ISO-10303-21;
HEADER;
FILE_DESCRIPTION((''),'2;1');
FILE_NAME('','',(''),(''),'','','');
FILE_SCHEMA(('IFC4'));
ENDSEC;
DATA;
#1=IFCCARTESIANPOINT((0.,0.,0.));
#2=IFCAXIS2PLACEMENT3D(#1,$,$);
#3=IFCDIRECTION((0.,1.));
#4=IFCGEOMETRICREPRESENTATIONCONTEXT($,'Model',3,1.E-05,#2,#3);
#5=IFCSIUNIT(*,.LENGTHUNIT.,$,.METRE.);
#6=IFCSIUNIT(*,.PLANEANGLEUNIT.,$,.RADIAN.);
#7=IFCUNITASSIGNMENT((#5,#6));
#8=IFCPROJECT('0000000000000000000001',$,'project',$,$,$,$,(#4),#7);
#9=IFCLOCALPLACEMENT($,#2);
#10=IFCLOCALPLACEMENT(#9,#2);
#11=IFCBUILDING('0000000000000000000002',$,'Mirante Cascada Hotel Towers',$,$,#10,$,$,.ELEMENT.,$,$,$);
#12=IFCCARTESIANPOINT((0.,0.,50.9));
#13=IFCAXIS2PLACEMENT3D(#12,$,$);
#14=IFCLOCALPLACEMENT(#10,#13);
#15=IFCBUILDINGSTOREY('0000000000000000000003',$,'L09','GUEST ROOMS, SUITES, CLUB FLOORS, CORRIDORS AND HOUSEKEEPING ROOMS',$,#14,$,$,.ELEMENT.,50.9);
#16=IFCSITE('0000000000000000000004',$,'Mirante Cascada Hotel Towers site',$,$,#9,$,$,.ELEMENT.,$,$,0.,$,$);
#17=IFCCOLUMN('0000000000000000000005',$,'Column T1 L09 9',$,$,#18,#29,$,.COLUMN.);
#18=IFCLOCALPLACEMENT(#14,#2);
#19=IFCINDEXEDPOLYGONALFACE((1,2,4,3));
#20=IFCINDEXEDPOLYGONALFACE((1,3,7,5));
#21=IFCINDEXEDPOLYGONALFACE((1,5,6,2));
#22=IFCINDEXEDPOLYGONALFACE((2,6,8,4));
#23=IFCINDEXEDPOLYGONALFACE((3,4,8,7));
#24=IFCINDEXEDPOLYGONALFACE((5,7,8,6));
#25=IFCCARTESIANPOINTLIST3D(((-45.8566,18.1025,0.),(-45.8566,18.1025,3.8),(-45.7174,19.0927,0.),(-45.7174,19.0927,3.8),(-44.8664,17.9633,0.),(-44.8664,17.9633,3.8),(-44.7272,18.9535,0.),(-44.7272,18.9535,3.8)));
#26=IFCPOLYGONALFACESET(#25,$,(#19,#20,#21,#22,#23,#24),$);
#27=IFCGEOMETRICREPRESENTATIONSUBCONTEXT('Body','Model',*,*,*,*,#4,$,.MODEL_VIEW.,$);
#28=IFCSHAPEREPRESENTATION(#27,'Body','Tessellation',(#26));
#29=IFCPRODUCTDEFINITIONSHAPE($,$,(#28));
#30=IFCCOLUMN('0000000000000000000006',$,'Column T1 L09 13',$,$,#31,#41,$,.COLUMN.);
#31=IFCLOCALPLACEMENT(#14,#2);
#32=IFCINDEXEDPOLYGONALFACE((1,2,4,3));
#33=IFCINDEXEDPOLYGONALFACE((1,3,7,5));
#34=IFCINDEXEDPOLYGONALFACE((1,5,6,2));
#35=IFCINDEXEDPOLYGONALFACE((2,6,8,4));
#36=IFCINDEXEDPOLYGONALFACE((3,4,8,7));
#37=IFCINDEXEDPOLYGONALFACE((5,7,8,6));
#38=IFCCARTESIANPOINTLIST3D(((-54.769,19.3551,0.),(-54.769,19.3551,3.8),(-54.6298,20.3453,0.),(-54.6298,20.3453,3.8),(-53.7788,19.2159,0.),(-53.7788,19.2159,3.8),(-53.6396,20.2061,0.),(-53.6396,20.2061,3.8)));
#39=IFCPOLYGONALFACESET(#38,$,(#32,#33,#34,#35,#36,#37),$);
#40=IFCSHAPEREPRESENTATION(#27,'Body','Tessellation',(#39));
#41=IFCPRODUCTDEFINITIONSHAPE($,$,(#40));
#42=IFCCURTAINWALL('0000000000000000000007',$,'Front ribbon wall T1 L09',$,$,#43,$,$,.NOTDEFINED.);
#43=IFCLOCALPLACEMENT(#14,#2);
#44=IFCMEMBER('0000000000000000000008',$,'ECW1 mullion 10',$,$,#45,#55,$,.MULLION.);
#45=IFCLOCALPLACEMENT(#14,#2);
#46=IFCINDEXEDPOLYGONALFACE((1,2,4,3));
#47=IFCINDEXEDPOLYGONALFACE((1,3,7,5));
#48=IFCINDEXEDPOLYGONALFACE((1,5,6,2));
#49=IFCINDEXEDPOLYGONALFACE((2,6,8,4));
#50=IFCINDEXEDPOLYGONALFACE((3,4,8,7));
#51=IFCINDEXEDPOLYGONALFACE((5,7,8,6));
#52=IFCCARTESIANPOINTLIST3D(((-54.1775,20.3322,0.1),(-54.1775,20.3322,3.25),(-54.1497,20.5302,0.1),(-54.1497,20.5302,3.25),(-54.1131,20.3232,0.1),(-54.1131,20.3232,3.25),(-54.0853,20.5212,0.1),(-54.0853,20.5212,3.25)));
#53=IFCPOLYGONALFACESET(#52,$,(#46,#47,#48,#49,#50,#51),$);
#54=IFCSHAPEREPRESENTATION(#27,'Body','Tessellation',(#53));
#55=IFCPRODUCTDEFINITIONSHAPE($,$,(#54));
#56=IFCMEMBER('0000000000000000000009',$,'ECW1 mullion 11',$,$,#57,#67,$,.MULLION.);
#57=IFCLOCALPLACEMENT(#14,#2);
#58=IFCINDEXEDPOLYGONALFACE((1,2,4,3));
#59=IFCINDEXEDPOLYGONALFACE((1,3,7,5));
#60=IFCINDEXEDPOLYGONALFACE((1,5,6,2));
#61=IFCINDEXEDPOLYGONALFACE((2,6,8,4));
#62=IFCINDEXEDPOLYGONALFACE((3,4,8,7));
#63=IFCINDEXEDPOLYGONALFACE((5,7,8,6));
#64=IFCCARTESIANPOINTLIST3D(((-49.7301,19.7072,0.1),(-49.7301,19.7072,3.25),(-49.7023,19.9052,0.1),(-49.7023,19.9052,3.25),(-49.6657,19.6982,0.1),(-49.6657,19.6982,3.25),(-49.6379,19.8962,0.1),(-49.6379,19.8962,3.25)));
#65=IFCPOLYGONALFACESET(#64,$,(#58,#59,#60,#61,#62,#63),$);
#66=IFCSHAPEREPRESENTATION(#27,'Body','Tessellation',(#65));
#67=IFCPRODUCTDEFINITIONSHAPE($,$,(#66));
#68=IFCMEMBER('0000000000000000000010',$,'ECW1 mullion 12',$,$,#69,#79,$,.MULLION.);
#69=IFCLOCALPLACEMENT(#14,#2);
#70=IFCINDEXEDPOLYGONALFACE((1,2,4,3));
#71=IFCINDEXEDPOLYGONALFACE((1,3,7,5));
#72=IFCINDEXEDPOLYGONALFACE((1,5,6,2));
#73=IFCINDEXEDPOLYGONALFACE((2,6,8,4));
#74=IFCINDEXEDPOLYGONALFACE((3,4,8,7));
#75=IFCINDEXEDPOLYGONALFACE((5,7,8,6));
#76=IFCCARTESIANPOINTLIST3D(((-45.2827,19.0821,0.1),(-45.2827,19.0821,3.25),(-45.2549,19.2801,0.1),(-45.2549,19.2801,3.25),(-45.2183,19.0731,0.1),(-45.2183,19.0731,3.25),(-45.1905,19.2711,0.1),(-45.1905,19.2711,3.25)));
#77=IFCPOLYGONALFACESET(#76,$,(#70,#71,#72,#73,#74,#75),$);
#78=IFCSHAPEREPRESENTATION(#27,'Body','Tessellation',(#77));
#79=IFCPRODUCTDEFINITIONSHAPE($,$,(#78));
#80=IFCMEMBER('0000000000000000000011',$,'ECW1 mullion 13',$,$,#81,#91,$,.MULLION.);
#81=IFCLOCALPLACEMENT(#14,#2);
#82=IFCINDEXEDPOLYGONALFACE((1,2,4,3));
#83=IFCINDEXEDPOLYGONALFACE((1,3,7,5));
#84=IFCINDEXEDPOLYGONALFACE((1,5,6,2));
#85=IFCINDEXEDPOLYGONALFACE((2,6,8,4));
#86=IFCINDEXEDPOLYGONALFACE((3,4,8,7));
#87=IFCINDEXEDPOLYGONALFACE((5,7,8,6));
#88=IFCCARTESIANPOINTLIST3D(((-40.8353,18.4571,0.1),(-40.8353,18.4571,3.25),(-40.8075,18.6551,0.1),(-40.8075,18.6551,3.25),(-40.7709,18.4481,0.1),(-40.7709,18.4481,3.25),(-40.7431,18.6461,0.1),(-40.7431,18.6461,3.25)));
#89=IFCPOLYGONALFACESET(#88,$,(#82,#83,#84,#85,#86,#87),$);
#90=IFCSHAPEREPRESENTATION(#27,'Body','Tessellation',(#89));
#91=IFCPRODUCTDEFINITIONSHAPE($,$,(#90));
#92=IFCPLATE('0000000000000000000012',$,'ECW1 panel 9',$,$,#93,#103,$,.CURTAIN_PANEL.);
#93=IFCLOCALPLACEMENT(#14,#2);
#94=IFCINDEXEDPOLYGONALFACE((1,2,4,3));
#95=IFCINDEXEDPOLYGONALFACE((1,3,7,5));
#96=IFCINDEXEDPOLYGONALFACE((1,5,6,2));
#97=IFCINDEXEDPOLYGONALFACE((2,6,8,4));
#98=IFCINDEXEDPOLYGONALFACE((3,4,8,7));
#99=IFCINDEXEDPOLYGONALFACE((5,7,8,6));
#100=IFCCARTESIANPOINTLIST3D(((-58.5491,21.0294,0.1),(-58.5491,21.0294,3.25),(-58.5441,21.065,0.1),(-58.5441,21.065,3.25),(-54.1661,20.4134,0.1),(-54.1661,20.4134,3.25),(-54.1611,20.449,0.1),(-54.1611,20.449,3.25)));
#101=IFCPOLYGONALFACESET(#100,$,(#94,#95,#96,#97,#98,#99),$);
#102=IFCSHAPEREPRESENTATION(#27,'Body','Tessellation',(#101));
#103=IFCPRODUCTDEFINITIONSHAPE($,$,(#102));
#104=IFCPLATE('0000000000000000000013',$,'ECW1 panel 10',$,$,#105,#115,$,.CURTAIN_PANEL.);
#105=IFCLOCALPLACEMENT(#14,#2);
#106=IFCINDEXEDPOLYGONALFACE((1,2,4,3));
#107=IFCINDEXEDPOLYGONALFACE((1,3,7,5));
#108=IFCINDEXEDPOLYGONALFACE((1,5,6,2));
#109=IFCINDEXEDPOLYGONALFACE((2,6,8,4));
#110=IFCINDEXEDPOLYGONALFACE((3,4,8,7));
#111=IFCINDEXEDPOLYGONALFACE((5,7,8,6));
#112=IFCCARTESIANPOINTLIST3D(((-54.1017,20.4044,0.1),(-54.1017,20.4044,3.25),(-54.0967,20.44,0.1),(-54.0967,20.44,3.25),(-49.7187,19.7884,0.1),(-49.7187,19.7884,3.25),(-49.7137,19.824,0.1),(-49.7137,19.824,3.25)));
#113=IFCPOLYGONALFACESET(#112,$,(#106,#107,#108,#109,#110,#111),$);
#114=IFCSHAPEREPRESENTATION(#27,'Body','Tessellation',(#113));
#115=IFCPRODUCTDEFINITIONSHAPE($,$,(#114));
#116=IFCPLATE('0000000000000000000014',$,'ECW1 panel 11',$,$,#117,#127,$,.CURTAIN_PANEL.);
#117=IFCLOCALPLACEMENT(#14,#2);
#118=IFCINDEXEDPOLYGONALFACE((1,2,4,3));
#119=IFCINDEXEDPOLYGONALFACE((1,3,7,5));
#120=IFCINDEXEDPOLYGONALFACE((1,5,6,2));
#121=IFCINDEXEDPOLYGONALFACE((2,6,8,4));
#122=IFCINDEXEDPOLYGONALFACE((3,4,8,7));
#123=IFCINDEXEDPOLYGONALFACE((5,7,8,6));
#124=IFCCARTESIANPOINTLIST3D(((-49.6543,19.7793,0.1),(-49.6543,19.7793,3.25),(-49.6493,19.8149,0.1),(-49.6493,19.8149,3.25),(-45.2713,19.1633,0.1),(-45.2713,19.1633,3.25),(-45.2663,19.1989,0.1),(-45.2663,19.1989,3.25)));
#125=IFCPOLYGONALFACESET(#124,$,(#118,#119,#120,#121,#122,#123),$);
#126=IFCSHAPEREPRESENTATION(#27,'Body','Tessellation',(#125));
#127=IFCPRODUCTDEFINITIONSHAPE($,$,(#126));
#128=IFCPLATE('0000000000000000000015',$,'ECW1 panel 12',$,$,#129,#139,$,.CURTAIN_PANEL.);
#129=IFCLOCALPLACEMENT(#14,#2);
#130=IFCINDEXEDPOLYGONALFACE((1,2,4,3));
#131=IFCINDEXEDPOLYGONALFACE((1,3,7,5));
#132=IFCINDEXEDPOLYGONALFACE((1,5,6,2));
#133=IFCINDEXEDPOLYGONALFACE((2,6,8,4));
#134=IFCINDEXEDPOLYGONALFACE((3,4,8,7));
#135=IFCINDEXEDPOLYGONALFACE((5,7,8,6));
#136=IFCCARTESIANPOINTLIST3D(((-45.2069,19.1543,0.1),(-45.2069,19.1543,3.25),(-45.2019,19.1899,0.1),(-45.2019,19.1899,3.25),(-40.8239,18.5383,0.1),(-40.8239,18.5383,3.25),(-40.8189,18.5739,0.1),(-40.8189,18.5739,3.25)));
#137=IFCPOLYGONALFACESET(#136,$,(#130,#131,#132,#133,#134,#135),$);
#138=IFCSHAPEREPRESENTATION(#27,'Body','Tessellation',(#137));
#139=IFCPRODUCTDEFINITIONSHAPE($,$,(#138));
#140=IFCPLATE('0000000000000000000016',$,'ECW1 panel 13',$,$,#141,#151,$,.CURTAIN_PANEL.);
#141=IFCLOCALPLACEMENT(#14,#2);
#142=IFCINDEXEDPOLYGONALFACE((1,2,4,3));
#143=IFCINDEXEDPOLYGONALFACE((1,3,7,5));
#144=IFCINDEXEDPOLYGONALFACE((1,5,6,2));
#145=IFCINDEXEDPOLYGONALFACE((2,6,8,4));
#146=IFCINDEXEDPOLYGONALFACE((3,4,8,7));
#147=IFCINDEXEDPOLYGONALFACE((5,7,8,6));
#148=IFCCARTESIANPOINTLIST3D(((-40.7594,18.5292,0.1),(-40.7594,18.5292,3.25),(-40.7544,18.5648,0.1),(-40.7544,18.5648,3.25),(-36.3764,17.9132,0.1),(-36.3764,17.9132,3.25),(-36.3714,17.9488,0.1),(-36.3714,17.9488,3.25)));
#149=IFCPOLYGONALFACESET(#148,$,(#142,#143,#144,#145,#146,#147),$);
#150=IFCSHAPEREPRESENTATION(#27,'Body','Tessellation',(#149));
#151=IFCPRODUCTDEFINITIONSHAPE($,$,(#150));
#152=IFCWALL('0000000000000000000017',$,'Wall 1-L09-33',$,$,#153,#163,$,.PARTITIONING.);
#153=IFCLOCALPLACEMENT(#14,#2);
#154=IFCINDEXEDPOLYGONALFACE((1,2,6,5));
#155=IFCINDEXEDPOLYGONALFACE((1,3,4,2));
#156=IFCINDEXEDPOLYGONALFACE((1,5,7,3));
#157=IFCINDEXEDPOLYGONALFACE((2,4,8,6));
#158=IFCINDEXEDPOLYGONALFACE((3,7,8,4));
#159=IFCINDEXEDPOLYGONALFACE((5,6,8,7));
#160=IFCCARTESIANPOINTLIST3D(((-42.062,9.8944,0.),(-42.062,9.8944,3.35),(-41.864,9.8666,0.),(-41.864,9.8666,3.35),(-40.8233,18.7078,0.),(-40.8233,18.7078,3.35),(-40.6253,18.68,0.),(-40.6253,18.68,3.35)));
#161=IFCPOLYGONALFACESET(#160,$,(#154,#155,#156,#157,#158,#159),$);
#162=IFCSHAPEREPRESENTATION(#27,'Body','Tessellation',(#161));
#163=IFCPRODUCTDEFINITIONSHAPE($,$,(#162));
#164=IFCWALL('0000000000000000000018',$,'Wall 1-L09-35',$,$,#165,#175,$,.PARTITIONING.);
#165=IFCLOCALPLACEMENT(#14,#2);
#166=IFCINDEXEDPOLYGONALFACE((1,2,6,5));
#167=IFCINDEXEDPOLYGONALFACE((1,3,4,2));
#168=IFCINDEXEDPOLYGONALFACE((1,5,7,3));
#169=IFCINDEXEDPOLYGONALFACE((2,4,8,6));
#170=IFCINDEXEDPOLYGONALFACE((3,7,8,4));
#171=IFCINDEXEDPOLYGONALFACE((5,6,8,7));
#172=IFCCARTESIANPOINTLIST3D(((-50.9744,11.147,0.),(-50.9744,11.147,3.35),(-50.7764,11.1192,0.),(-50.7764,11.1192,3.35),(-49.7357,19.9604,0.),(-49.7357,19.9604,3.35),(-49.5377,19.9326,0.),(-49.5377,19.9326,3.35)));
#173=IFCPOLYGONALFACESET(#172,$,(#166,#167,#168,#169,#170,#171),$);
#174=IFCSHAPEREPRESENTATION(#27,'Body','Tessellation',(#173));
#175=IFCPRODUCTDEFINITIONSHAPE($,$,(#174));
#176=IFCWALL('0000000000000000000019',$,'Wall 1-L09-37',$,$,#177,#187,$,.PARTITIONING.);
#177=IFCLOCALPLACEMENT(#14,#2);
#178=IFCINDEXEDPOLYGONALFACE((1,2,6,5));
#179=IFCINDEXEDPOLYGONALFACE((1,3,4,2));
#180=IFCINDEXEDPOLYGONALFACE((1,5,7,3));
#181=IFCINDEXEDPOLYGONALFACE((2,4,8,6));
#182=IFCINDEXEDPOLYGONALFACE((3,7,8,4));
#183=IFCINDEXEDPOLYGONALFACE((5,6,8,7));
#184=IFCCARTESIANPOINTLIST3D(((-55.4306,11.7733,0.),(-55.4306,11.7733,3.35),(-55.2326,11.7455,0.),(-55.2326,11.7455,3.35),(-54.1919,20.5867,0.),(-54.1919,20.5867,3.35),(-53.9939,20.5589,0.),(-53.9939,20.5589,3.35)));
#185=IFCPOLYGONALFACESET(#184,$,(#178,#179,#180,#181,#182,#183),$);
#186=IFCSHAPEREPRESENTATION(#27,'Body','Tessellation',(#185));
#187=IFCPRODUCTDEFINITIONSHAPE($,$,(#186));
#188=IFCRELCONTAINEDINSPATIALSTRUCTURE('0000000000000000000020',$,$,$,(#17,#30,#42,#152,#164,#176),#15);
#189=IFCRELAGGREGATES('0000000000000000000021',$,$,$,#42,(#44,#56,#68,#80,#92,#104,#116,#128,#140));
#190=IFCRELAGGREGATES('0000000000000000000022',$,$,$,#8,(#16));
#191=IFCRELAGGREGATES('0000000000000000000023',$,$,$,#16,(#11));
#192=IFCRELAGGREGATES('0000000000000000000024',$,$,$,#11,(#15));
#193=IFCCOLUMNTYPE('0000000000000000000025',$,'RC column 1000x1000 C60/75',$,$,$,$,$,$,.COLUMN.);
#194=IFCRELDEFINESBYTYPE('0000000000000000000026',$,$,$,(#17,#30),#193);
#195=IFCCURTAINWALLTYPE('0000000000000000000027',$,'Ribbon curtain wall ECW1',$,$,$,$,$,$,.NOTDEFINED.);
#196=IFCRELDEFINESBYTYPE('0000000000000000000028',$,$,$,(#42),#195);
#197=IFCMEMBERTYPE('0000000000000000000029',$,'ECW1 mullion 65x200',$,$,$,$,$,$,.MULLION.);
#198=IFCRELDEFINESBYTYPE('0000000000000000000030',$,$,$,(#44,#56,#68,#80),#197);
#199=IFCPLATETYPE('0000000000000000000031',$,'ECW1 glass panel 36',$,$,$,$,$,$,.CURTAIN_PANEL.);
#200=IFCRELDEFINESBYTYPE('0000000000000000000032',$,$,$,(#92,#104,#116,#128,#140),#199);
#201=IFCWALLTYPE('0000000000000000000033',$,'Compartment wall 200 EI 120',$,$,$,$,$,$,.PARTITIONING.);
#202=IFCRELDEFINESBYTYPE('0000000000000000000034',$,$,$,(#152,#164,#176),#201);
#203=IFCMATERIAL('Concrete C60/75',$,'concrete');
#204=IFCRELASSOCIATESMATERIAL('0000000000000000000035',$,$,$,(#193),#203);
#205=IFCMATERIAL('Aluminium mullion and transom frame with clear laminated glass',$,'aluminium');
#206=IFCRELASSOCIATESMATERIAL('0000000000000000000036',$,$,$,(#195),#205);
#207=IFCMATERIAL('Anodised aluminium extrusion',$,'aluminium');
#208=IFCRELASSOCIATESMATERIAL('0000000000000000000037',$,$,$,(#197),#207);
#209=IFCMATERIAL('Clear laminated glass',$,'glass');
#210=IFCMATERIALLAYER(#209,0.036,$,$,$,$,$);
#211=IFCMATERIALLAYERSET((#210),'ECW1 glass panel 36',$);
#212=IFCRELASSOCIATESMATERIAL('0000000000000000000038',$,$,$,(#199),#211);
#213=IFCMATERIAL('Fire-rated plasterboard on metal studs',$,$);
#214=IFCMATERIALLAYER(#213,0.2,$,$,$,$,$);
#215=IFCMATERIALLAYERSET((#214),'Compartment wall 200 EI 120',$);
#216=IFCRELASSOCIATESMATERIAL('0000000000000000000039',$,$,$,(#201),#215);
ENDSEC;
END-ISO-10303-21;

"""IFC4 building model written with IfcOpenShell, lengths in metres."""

from ifc_helpers import new_model, si_unit, direction, frame, frame_2d, origin, origin_2d, place, context, subcontext, project, spatial, rectangle, extrude, material, layer, layer_set, material_profile, profile_set, type_object, element, aggregate, save


model = new_model("IFC4")

# Units and contexts
model_context = context("Model", 3, precision=1e-05, world=origin(), true_north=direction((0.0, 1.0)))
body_context = subcontext(model_context, "Body", "Model", "MODEL_VIEW")
ifc_project = project(units=[si_unit("LENGTHUNIT", "METRE"), si_unit("PLANEANGLEUNIT", "RADIAN")], contexts=[model_context])

# Site, building, storey
site_placement = place(None, origin())
site = spatial("IfcSite", under=ifc_project, at=site_placement, Name="Mirante Cascada Hotel Towers site", CompositionType="ELEMENT", RefElevation=0.0)
building_placement = place(site_placement, origin())
building = spatial("IfcBuilding", under=site, at=building_placement, Name="Mirante Cascada Hotel Towers", CompositionType="ELEMENT")
storey_placement = place(building_placement, frame((0.0, 0.0, 50.9)))
storey = spatial("IfcBuildingStorey", under=building, at=storey_placement, Name="L09", Description="GUEST ROOMS, SUITES, CLUB FLOORS, CORRIDORS AND HOUSEKEEPING ROOMS", CompositionType="ELEMENT", Elevation=50.9)

# Columns
ifc_material_1 = material(Name="Concrete C60/75", Category="concrete")
ifc_material_profile_1 = material_profile(ifc_material_1, rectangle(XDim=1.0, YDim=1.0, at=origin_2d()), Name="RC column 1000x1000 C60/75")
ifc_profile_set_1 = profile_set([ifc_material_profile_1], Name="Concrete C60/75")
column_type = type_object("IfcColumnType", Name="RC column 1000x1000 C60/75", PredefinedType="COLUMN", material=ifc_profile_set_1)
for number, where, z_axis, x_axis, name in (
    (1, (-45.2919, 18.528, 0.0), (0.0, 0.0, 1.0), (-0.990268, 0.139173, 0.0), "Column T1 L09 9"),
    (2, (-54.2043, 19.7806, 0.0), (0.0, 0.0, 1.0), (-0.990268, 0.139173, 0.0), "Column T1 L09 13"),
):
    element("IfcColumn", number, at=place(storey_placement, frame(where, z_axis=z_axis, x_axis=x_axis)), inside=storey, type_object=column_type, Name=name, PredefinedType="COLUMN", context=body_context, shape_type="SweptSolid", body=[
        extrude(rectangle(XDim=1.0, YDim=1.0, at=origin_2d()), origin(), (0.0, 0.0, 1.0), 3.8),
    ])

# Curtain wall, members, plates
ifc_material_2 = material(Name="Aluminium mullion and transom frame with clear laminated glass", Category="aluminium")
curtain_wall_type = type_object("IfcCurtainWallType", Name="Ribbon curtain wall ECW1", PredefinedType="NOTDEFINED", material=ifc_material_2)
curtain_wall_placement = place(storey_placement, origin())
curtain_wall = element("IfcCurtainWall", 3, at=curtain_wall_placement, inside=storey, type_object=curtain_wall_type, Name="Front ribbon wall T1 L09", PredefinedType="NOTDEFINED")
ifc_material_3 = material(Name="Anodised aluminium extrusion", Category="aluminium")
ifc_material_profile_2 = material_profile(ifc_material_3, rectangle(XDim=0.2, YDim=0.065, at=origin_2d()), Name="ECW1 MULLION 65x200")
ifc_profile_set_2 = profile_set([ifc_material_profile_2], Name="Anodised aluminium extrusion")
member_type = type_object("IfcMemberType", Name="ECW1 mullion 65x200", PredefinedType="MULLION", material=ifc_profile_set_2)
member_1_placement = place(storey_placement, frame((-54.1314, 20.4267, 0.1), z_axis=(0.0, 0.0, 1.0), x_axis=(0.139173, 0.990268, 0.0)))
member_1 = element("IfcMember", 4, at=member_1_placement, type_object=member_type, Name="ECW1 mullion 10", PredefinedType="MULLION", context=body_context, shape_type="SweptSolid", body=[
    extrude(rectangle(XDim=0.2, YDim=0.065, at=origin_2d()), origin(), (0.0, 0.0, 1.0), 3.15),
])
member_2_placement = place(storey_placement, frame((-49.684, 19.8017, 0.1), z_axis=(0.0, 0.0, 1.0), x_axis=(0.139173, 0.990268, 0.0)))
member_2 = element("IfcMember", 5, at=member_2_placement, type_object=member_type, Name="ECW1 mullion 11", PredefinedType="MULLION", context=body_context, shape_type="SweptSolid", body=[
    extrude(rectangle(XDim=0.2, YDim=0.065, at=origin_2d()), origin(), (0.0, 0.0, 1.0), 3.15),
])
member_3_placement = place(storey_placement, frame((-45.2366, 19.1766, 0.1), z_axis=(0.0, 0.0, 1.0), x_axis=(0.139173, 0.990268, 0.0)))
member_3 = element("IfcMember", 6, at=member_3_placement, type_object=member_type, Name="ECW1 mullion 12", PredefinedType="MULLION", context=body_context, shape_type="SweptSolid", body=[
    extrude(rectangle(XDim=0.2, YDim=0.065, at=origin_2d()), origin(), (0.0, 0.0, 1.0), 3.15),
])
member_4_placement = place(storey_placement, frame((-40.7892, 18.5516, 0.1), z_axis=(0.0, 0.0, 1.0), x_axis=(0.139173, 0.990268, 0.0)))
member_4 = element("IfcMember", 7, at=member_4_placement, type_object=member_type, Name="ECW1 mullion 13", PredefinedType="MULLION", context=body_context, shape_type="SweptSolid", body=[
    extrude(rectangle(XDim=0.2, YDim=0.065, at=origin_2d()), origin(), (0.0, 0.0, 1.0), 3.15),
])
ifc_material_4 = material(Name="Clear laminated glass", Category="glass")
ifc_layer_1 = layer(ifc_material_4, 0.036)
ifc_layer_set_1 = layer_set([ifc_layer_1], Name="ECW1 glass panel 36")
plate_type = type_object("IfcPlateType", Name="ECW1 glass panel 36", PredefinedType="CURTAIN_PANEL", material=ifc_layer_set_1)
plate_1_placement = place(storey_placement, frame((-56.3551, 20.7392, 0.1), z_axis=(0.0, 0.0, 1.0), x_axis=(0.990268, -0.139173, 0.0)))
plate_1 = element("IfcPlate", 8, at=plate_1_placement, type_object=plate_type, Name="ECW1 panel 9", PredefinedType="CURTAIN_PANEL", context=body_context, shape_type="SweptSolid", body=[
    extrude(rectangle(XDim=4.4261, YDim=0.036, at=origin_2d()), origin(), (0.0, 0.0, 1.0), 3.15),
])
plate_2_placement = place(storey_placement, frame((-51.9077, 20.1142, 0.1), z_axis=(0.0, 0.0, 1.0), x_axis=(0.990268, -0.139173, 0.0)))
plate_2 = element("IfcPlate", 9, at=plate_2_placement, type_object=plate_type, Name="ECW1 panel 10", PredefinedType="CURTAIN_PANEL", context=body_context, shape_type="SweptSolid", body=[
    extrude(rectangle(XDim=4.4261, YDim=0.036, at=origin_2d()), origin(), (0.0, 0.0, 1.0), 3.15),
])
plate_3_placement = place(storey_placement, frame((-47.4603, 19.4891, 0.1), z_axis=(0.0, 0.0, 1.0), x_axis=(0.990268, -0.139173, 0.0)))
plate_3 = element("IfcPlate", 10, at=plate_3_placement, type_object=plate_type, Name="ECW1 panel 11", PredefinedType="CURTAIN_PANEL", context=body_context, shape_type="SweptSolid", body=[
    extrude(rectangle(XDim=4.4261, YDim=0.036, at=origin_2d()), origin(), (0.0, 0.0, 1.0), 3.15),
])
plate_4_placement = place(storey_placement, frame((-43.0129, 18.8641, 0.1), z_axis=(0.0, 0.0, 1.0), x_axis=(0.990268, -0.139173, 0.0)))
plate_4 = element("IfcPlate", 11, at=plate_4_placement, type_object=plate_type, Name="ECW1 panel 12", PredefinedType="CURTAIN_PANEL", context=body_context, shape_type="SweptSolid", body=[
    extrude(rectangle(XDim=4.4261, YDim=0.036, at=origin_2d()), origin(), (0.0, 0.0, 1.0), 3.15),
])
plate_5_placement = place(storey_placement, frame((-38.5654, 18.239, 0.1), z_axis=(0.0, 0.0, 1.0), x_axis=(0.990268, -0.139173, 0.0)))
plate_5 = element("IfcPlate", 12, at=plate_5_placement, type_object=plate_type, Name="ECW1 panel 13", PredefinedType="CURTAIN_PANEL", context=body_context, shape_type="SweptSolid", body=[
    extrude(rectangle(XDim=4.4261, YDim=0.036, at=origin_2d()), origin(), (0.0, 0.0, 1.0), 3.15),
])
aggregate(curtain_wall, [member_1, member_2, member_3, member_4, plate_1, plate_2, plate_3, plate_4, plate_5])

# Walls
ifc_material_5 = material(Name="Fire-rated plasterboard on metal studs")
ifc_layer_2 = layer(ifc_material_5, 0.2)
ifc_layer_set_2 = layer_set([ifc_layer_2], Name="Compartment wall 200 EI 120")
wall_type_1 = type_object("IfcWallType", Name="Compartment wall 200 EI 120", PredefinedType="PARTITIONING", material=ifc_layer_set_2)
for number, where, z_axis, x_axis, name in (
    (13, (-40.7243, 18.6939, 0.0), (0.0, 0.0, 1.0), (-0.139179, -0.990267, 0.0), "Wall 1-L09-33"),
    (14, (-49.6367, 19.9465, 0.0), (0.0, 0.0, 1.0), (-0.139179, -0.990267, 0.0), "Wall 1-L09-35"),
    (15, (-54.0929, 20.5728, 0.0), (0.0, 0.0, 1.0), (-0.139179, -0.990267, 0.0), "Wall 1-L09-37"),
):
    element("IfcWall", number, at=place(storey_placement, frame(where, z_axis=z_axis, x_axis=x_axis)), inside=storey, type_object=wall_type_1, Name=name, PredefinedType="PARTITIONING", context=body_context, shape_type="SweptSolid", body=[
        extrude(rectangle(XDim=8.9, YDim=0.2, at=frame_2d((4.45, 0.0))), origin(), (0.0, 0.0, 1.0), 3.35),
    ])

save(model, "model.ifc")
